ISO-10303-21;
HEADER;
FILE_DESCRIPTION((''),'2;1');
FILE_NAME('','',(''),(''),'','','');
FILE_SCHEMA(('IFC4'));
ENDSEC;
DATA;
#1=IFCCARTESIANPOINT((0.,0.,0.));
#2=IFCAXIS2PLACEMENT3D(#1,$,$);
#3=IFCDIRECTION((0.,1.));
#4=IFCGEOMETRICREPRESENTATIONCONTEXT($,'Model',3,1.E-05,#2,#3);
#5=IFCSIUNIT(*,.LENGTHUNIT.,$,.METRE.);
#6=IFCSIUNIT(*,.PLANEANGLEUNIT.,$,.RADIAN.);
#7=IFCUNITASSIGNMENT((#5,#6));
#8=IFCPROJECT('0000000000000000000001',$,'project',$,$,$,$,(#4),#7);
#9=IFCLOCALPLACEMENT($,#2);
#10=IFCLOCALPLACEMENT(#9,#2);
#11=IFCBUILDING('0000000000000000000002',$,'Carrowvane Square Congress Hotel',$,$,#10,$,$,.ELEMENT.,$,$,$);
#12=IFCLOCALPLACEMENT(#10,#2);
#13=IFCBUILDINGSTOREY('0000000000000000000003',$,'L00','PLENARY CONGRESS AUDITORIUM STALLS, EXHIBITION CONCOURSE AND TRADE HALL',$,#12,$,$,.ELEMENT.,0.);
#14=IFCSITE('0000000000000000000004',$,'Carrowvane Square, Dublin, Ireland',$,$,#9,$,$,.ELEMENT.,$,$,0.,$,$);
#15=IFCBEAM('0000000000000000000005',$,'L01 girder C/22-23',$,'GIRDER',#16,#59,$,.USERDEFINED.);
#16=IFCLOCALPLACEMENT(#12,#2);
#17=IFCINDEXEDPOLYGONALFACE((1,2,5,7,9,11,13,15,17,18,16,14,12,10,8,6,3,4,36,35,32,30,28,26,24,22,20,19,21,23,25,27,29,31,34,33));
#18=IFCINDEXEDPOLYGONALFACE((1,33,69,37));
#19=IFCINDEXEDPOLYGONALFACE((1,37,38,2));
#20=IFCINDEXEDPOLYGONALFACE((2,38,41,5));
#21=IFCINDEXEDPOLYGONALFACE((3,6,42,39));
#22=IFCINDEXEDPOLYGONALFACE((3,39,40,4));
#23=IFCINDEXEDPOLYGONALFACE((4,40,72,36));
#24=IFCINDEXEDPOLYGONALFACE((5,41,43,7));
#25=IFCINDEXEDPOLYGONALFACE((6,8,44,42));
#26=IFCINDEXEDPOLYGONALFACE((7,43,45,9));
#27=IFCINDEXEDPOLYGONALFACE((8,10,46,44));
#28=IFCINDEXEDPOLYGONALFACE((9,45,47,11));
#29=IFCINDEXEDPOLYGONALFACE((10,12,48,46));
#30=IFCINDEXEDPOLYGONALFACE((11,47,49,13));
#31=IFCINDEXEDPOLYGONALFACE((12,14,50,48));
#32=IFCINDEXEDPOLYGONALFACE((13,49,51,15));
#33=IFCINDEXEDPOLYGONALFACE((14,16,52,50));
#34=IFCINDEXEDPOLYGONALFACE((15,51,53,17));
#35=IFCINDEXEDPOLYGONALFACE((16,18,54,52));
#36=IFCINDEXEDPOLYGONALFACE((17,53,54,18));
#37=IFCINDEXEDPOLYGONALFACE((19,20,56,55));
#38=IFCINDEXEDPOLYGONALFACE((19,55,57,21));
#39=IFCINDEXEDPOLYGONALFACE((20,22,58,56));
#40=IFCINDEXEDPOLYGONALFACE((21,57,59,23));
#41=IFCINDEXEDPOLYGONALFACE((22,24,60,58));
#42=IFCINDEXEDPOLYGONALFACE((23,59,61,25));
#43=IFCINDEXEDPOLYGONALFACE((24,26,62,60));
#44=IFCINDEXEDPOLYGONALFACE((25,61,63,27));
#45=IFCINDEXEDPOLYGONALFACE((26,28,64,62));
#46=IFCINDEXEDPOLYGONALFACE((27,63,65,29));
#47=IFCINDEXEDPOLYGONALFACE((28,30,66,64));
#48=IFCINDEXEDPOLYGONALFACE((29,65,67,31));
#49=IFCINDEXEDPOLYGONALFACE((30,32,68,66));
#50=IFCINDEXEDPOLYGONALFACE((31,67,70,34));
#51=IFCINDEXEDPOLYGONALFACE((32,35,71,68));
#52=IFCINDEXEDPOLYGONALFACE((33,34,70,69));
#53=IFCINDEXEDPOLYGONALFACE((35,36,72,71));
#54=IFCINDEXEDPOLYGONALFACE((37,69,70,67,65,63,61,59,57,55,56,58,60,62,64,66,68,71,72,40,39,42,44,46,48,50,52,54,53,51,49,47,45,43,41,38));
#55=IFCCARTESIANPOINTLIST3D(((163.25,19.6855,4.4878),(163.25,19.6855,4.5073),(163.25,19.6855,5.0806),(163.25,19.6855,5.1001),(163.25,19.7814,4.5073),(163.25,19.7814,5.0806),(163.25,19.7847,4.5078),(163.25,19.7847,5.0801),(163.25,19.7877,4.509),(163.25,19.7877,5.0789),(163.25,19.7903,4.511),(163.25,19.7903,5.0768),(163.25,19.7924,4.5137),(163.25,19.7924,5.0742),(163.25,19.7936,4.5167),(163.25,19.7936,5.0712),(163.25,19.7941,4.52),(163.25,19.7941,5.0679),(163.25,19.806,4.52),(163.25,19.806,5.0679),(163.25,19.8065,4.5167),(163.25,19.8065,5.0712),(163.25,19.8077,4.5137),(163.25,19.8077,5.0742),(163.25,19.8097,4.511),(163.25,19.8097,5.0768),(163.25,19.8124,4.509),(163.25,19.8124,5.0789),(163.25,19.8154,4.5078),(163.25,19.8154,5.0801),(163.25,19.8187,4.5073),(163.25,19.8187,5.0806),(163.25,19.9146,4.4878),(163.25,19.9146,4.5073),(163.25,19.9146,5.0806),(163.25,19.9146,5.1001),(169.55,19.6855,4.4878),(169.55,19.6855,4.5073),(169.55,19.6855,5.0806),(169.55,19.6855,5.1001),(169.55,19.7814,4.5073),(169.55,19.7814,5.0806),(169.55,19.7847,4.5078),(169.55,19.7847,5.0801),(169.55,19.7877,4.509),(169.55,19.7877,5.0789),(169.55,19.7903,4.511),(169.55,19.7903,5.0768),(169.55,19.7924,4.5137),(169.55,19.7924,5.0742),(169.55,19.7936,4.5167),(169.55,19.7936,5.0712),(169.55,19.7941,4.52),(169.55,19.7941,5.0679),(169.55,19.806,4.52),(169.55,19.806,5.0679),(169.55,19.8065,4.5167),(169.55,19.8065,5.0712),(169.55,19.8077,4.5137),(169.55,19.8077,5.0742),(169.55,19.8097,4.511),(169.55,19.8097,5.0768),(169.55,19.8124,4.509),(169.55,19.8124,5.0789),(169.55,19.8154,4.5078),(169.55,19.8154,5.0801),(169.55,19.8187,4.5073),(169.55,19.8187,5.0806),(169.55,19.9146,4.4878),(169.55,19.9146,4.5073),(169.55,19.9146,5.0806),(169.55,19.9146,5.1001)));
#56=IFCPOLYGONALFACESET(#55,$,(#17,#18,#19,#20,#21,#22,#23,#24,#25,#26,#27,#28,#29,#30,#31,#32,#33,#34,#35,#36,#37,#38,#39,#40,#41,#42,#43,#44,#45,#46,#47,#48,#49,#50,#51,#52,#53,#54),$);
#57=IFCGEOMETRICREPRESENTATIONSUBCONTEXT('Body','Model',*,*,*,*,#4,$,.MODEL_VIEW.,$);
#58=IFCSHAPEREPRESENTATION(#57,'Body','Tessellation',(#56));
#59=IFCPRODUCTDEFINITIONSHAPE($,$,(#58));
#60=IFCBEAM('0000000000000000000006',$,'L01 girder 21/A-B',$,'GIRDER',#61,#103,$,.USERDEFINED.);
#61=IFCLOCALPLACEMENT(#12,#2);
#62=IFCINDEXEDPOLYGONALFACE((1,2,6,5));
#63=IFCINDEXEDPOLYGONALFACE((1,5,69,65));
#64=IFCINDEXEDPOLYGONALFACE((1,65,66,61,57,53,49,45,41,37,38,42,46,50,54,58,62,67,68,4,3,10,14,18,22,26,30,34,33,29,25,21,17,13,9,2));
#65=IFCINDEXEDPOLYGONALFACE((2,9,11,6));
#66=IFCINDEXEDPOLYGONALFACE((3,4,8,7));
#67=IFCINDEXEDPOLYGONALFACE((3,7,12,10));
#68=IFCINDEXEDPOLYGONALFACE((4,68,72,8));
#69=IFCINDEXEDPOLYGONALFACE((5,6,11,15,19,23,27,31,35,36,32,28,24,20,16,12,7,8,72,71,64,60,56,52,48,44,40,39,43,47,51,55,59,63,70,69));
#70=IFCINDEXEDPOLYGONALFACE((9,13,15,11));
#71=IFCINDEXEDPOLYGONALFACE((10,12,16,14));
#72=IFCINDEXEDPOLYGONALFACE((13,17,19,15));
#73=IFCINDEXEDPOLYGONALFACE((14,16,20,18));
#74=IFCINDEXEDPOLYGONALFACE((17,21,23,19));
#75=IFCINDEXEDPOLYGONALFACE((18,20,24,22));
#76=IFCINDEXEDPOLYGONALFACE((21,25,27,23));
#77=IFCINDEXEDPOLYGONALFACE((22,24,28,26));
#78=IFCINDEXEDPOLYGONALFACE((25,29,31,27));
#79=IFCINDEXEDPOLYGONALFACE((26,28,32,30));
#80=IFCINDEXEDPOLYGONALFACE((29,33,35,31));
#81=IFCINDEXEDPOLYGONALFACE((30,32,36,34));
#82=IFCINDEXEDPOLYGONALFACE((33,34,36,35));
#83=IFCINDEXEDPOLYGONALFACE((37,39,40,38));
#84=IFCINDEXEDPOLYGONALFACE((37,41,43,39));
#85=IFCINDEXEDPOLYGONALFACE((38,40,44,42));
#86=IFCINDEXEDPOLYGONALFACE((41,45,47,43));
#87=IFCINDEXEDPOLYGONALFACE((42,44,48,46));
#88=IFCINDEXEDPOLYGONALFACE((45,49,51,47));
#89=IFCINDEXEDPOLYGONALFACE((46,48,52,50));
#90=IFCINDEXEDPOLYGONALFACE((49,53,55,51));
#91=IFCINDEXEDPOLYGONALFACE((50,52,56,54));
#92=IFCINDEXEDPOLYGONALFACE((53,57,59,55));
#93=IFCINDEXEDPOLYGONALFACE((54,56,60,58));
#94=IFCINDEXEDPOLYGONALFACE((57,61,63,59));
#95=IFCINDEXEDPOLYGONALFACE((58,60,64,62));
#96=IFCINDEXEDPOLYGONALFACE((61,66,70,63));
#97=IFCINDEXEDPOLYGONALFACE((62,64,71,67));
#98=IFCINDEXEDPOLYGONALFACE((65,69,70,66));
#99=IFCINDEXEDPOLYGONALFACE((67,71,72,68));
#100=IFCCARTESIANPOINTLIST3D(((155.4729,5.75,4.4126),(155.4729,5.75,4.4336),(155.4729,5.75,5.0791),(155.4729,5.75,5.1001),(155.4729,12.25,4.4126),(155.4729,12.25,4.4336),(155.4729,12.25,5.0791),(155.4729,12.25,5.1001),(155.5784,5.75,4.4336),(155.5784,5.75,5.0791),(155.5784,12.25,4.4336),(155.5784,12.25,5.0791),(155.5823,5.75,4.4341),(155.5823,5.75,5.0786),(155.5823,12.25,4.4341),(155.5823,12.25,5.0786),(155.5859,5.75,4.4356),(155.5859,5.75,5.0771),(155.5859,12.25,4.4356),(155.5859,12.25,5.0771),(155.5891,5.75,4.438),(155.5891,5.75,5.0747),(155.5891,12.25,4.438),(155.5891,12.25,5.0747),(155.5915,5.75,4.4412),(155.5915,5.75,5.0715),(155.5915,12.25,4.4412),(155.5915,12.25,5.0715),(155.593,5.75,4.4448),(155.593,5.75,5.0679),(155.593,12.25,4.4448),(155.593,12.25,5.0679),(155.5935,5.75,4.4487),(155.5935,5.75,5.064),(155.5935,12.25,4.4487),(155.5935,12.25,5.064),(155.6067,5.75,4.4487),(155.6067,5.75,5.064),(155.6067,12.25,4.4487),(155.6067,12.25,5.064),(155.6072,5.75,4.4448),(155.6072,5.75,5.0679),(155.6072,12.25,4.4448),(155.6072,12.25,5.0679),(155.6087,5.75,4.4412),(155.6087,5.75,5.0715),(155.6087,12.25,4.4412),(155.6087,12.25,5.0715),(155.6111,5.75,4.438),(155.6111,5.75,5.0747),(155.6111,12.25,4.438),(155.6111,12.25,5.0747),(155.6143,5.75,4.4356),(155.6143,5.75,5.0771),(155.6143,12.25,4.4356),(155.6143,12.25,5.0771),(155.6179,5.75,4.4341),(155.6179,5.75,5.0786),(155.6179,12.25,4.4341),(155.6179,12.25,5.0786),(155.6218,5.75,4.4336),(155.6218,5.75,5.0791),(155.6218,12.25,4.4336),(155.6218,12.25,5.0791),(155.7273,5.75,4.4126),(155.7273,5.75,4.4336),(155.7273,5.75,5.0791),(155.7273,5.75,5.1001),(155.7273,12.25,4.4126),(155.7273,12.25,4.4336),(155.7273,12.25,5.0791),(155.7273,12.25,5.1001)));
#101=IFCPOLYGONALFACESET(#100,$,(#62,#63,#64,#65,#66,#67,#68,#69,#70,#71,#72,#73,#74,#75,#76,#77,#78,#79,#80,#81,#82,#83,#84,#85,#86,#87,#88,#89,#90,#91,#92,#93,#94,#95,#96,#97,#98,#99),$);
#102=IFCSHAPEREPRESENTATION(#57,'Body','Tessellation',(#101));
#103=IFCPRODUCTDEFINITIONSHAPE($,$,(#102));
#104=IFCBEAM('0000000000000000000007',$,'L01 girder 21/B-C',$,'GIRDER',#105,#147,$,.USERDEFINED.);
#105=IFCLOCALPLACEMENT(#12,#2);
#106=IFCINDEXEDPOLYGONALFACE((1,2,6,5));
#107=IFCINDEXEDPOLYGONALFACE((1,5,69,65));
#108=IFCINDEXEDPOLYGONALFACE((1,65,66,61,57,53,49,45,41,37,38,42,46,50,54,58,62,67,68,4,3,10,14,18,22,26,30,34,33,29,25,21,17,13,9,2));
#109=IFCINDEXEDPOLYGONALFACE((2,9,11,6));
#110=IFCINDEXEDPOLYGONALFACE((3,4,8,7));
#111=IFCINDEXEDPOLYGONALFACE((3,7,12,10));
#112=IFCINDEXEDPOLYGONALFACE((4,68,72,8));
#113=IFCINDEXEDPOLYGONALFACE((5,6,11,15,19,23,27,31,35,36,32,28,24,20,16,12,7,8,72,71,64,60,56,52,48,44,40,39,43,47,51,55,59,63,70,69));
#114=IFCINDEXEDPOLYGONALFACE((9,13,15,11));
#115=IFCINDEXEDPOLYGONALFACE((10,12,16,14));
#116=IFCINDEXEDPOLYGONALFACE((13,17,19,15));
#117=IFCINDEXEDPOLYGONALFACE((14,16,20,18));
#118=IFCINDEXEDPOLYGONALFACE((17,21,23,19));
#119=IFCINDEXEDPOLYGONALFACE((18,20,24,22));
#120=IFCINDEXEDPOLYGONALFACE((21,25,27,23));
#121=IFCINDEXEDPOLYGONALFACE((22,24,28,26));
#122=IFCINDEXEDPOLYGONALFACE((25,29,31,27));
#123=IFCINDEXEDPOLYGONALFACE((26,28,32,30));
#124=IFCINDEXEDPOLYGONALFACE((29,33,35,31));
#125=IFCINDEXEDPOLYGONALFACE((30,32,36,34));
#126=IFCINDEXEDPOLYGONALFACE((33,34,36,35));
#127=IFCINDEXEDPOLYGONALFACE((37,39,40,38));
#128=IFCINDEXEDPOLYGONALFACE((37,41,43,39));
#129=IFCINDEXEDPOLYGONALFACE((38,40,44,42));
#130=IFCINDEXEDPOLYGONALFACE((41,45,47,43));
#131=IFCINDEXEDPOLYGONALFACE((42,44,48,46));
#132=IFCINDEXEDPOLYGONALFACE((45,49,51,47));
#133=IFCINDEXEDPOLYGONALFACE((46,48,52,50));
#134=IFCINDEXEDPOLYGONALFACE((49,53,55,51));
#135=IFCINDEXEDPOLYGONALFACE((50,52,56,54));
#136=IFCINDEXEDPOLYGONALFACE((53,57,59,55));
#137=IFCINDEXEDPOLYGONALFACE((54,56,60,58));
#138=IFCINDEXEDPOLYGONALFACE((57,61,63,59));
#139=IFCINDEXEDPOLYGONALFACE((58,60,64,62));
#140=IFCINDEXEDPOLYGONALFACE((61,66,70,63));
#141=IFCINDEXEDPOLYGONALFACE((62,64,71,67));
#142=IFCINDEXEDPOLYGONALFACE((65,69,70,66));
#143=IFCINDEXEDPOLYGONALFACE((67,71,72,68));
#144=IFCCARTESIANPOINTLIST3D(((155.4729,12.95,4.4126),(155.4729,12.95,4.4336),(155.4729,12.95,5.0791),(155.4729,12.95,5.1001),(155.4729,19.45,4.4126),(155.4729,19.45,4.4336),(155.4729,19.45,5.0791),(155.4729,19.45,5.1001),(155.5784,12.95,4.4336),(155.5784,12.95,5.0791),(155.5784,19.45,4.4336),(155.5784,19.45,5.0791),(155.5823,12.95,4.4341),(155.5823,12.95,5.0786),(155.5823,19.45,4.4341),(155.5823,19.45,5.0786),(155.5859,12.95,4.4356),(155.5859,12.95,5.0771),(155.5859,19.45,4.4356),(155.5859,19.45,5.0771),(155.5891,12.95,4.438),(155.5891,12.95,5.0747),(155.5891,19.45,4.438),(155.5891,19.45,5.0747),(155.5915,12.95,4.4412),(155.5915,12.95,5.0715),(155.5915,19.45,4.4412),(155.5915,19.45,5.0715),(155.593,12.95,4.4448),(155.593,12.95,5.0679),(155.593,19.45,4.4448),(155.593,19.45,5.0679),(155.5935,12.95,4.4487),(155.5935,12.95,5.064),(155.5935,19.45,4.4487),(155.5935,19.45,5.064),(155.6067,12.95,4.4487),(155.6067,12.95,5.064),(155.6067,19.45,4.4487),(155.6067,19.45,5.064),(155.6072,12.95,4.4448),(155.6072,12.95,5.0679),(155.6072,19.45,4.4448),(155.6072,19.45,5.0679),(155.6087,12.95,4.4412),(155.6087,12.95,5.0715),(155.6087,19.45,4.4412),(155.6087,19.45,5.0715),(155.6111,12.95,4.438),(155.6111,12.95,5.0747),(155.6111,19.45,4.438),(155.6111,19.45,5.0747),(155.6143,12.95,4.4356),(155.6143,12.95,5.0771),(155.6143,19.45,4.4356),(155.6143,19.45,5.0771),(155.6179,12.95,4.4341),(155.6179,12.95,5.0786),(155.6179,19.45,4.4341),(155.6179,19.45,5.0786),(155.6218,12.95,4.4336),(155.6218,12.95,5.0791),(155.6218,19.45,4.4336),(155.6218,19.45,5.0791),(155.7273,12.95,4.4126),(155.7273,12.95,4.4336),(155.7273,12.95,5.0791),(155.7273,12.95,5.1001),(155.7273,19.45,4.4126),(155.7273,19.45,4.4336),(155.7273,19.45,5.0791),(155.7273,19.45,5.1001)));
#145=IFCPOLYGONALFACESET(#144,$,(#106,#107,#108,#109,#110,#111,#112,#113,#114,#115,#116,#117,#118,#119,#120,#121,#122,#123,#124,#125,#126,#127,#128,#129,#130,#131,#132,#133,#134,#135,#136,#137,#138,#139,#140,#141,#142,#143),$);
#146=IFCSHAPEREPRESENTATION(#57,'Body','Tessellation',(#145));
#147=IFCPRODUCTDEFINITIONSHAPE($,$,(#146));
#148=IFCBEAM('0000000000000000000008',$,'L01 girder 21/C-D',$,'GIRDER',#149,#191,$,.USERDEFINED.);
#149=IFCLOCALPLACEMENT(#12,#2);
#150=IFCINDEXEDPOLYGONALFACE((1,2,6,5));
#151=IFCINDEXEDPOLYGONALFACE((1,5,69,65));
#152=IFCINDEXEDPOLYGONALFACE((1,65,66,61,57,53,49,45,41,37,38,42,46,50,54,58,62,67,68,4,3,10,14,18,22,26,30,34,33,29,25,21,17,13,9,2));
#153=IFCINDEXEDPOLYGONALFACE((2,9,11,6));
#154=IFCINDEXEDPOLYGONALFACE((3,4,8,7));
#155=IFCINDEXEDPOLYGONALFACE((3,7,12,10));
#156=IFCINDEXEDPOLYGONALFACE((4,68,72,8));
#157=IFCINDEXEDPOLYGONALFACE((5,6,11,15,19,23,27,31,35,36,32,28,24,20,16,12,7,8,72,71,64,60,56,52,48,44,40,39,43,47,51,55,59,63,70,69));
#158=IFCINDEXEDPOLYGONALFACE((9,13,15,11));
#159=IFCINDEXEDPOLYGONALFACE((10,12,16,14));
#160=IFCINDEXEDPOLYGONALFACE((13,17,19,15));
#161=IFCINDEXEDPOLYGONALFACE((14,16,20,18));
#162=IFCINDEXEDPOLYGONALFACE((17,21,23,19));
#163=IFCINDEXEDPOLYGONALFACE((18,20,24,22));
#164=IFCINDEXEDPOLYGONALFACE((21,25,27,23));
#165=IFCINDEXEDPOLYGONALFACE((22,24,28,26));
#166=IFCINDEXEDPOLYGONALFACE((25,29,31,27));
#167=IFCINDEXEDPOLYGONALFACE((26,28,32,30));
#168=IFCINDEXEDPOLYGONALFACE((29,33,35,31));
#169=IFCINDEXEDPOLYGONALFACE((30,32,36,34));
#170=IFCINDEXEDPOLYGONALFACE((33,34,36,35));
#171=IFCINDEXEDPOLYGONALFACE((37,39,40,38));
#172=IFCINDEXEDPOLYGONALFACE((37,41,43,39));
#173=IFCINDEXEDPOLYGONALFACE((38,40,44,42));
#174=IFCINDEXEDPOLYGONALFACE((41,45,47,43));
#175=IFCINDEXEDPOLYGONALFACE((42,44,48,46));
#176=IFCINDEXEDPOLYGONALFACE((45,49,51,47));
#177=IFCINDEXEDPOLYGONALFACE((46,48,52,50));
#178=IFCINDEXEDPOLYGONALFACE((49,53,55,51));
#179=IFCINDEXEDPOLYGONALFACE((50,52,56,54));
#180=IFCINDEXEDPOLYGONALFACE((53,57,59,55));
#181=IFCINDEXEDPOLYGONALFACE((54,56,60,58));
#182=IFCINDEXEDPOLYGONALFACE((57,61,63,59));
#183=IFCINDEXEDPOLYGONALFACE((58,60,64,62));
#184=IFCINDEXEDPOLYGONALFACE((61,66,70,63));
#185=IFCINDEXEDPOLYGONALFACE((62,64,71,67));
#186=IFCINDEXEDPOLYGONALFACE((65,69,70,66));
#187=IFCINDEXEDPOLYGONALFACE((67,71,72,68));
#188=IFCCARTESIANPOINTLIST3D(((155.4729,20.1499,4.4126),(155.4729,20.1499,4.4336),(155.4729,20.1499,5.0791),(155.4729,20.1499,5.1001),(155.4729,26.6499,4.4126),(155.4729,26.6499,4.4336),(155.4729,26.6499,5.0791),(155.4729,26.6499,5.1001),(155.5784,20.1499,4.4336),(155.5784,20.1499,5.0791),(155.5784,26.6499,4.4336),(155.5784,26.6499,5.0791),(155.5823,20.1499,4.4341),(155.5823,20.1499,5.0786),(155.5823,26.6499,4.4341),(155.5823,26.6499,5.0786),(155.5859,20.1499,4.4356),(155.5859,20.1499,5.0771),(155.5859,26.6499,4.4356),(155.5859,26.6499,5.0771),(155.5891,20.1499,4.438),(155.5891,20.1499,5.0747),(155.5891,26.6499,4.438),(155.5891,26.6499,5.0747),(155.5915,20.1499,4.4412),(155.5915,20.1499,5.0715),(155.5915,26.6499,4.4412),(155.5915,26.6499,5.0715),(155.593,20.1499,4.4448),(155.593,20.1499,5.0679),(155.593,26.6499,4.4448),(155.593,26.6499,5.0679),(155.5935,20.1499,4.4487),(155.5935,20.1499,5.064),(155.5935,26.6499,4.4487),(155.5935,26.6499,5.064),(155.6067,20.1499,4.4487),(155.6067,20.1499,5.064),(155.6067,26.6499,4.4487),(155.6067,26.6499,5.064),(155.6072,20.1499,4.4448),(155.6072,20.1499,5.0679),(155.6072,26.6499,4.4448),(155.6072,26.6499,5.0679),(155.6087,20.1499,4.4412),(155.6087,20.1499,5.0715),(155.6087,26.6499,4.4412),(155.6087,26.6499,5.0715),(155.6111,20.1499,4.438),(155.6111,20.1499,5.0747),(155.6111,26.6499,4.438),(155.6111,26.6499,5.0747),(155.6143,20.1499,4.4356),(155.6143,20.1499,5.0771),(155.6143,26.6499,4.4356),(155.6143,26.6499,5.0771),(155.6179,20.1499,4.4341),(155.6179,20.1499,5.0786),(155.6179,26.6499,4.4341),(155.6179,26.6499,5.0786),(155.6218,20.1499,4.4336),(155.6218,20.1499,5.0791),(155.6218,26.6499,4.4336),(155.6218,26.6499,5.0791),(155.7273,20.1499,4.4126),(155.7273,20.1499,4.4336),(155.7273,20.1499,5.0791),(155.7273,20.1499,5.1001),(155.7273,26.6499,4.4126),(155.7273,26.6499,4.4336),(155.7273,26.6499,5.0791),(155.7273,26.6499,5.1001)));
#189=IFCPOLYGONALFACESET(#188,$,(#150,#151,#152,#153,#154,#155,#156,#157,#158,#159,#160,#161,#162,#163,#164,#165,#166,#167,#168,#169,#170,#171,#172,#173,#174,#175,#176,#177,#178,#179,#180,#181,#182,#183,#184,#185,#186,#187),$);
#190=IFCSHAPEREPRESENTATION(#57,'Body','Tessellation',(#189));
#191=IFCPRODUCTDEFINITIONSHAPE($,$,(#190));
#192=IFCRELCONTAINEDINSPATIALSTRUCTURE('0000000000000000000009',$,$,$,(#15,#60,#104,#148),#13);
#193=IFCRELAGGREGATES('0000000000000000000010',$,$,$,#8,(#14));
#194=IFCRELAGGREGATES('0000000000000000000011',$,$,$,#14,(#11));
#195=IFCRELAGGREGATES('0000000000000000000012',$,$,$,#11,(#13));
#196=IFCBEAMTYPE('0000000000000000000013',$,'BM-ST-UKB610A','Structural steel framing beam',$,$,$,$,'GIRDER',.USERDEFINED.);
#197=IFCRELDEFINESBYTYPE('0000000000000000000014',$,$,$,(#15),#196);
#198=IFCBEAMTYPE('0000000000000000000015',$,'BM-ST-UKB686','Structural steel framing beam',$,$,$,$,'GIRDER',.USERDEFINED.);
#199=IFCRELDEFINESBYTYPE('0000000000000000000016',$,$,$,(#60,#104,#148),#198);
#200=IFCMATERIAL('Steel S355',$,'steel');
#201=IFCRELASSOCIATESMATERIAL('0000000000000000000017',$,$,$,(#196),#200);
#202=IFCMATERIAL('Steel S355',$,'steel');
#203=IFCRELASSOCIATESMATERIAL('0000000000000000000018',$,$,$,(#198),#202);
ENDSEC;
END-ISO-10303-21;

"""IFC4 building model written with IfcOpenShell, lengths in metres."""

from ifc_helpers import new_model, si_unit, direction, frame, origin, origin_2d, place, context, subcontext, project, spatial, i_section, extrude, material, material_profile, profile_set, type_object, element, save


model = new_model("IFC4")

# Units and contexts
model_context = context("Model", 3, precision=1e-05, world=origin(), true_north=direction((0.0, 1.0)))
body_context = subcontext(model_context, "Body", "Model", "MODEL_VIEW")
ifc_project = project(units=[si_unit("LENGTHUNIT", "METRE"), si_unit("PLANEANGLEUNIT", "RADIAN")], contexts=[model_context])

# Site, building, storey
site_placement = place(None, origin())
site = spatial("IfcSite", under=ifc_project, at=site_placement, Name="Carrowvane Square, Dublin, Ireland", CompositionType="ELEMENT", RefElevation=0.0)
building_placement = place(site_placement, origin())
building = spatial("IfcBuilding", under=site, at=building_placement, Name="Carrowvane Square Congress Hotel", CompositionType="ELEMENT")
storey_placement = place(building_placement, origin())
storey = spatial("IfcBuildingStorey", under=building, at=storey_placement, Name="L00", Description="PLENARY CONGRESS AUDITORIUM STALLS, EXHIBITION CONCOURSE AND TRADE HALL", CompositionType="ELEMENT", Elevation=0.0)

# Beams
ifc_material_1 = material(Name="Steel S355", Category="steel")
ifc_material_profile_1 = material_profile(ifc_material_1, i_section(OverallWidth=0.229, OverallDepth=0.6123, WebThickness=0.012, FlangeThickness=0.0195, FilletRadius=0.0127, at=origin_2d()), Name="UKB 610x229x125")
ifc_profile_set_1 = profile_set([ifc_material_profile_1], Name="Steel S355")
beam_type_1 = type_object("IfcBeamType", Name="BM-ST-UKB610A", Description="Structural steel framing beam", ElementType="GIRDER", PredefinedType="USERDEFINED", material=ifc_profile_set_1)
beam_1_placement = place(storey_placement, frame((163.25, 19.8, 4.7939), z_axis=(1.0, 0.0, 0.0), x_axis=(0.0, 1.0, 0.0)))
element("IfcBeam", 1, at=beam_1_placement, inside=storey, type_object=beam_type_1, Name="L01 girder C/22-23", ObjectType="GIRDER", PredefinedType="USERDEFINED", context=body_context, shape_type="SweptSolid", body=[
    extrude(i_section(OverallWidth=0.229, OverallDepth=0.6123, WebThickness=0.012, FlangeThickness=0.0195, FilletRadius=0.0127, at=origin_2d()), origin(), (0.0, 0.0, 1.0), 6.3),
])
ifc_material_2 = material(Name="Steel S355", Category="steel")
ifc_material_profile_2 = material_profile(ifc_material_2, i_section(OverallWidth=0.2544, OverallDepth=0.6875, WebThickness=0.0132, FlangeThickness=0.021, FilletRadius=0.0151, at=origin_2d()), Name="UKB 686x254x152")
ifc_profile_set_2 = profile_set([ifc_material_profile_2], Name="Steel S355")
beam_type_2 = type_object("IfcBeamType", Name="BM-ST-UKB686", Description="Structural steel framing beam", ElementType="GIRDER", PredefinedType="USERDEFINED", material=ifc_profile_set_2)
for number, where, z_axis, x_axis, name in (
    (2, (155.6001, 5.75, 4.7563), (0.0, 1.0, 0.0), (-1.0, 0.0, 0.0), "L01 girder 21/A-B"),
    (3, (155.6001, 12.95, 4.7563), (0.0, 1.0, 0.0), (-1.0, 0.0, 0.0), "L01 girder 21/B-C"),
    (4, (155.6001, 20.1499, 4.7563), (0.0, 1.0, 0.0), (-1.0, 0.0, 0.0), "L01 girder 21/C-D"),
):
    element("IfcBeam", number, at=place(storey_placement, frame(where, z_axis=z_axis, x_axis=x_axis)), inside=storey, type_object=beam_type_2, Name=name, ObjectType="GIRDER", PredefinedType="USERDEFINED", context=body_context, shape_type="SweptSolid", body=[
        extrude(i_section(OverallWidth=0.2544, OverallDepth=0.6875, WebThickness=0.0132, FlangeThickness=0.021, FilletRadius=0.0151, at=origin_2d()), origin(), (0.0, 0.0, 1.0), 6.5),
    ])

save(model, "model.ifc")
